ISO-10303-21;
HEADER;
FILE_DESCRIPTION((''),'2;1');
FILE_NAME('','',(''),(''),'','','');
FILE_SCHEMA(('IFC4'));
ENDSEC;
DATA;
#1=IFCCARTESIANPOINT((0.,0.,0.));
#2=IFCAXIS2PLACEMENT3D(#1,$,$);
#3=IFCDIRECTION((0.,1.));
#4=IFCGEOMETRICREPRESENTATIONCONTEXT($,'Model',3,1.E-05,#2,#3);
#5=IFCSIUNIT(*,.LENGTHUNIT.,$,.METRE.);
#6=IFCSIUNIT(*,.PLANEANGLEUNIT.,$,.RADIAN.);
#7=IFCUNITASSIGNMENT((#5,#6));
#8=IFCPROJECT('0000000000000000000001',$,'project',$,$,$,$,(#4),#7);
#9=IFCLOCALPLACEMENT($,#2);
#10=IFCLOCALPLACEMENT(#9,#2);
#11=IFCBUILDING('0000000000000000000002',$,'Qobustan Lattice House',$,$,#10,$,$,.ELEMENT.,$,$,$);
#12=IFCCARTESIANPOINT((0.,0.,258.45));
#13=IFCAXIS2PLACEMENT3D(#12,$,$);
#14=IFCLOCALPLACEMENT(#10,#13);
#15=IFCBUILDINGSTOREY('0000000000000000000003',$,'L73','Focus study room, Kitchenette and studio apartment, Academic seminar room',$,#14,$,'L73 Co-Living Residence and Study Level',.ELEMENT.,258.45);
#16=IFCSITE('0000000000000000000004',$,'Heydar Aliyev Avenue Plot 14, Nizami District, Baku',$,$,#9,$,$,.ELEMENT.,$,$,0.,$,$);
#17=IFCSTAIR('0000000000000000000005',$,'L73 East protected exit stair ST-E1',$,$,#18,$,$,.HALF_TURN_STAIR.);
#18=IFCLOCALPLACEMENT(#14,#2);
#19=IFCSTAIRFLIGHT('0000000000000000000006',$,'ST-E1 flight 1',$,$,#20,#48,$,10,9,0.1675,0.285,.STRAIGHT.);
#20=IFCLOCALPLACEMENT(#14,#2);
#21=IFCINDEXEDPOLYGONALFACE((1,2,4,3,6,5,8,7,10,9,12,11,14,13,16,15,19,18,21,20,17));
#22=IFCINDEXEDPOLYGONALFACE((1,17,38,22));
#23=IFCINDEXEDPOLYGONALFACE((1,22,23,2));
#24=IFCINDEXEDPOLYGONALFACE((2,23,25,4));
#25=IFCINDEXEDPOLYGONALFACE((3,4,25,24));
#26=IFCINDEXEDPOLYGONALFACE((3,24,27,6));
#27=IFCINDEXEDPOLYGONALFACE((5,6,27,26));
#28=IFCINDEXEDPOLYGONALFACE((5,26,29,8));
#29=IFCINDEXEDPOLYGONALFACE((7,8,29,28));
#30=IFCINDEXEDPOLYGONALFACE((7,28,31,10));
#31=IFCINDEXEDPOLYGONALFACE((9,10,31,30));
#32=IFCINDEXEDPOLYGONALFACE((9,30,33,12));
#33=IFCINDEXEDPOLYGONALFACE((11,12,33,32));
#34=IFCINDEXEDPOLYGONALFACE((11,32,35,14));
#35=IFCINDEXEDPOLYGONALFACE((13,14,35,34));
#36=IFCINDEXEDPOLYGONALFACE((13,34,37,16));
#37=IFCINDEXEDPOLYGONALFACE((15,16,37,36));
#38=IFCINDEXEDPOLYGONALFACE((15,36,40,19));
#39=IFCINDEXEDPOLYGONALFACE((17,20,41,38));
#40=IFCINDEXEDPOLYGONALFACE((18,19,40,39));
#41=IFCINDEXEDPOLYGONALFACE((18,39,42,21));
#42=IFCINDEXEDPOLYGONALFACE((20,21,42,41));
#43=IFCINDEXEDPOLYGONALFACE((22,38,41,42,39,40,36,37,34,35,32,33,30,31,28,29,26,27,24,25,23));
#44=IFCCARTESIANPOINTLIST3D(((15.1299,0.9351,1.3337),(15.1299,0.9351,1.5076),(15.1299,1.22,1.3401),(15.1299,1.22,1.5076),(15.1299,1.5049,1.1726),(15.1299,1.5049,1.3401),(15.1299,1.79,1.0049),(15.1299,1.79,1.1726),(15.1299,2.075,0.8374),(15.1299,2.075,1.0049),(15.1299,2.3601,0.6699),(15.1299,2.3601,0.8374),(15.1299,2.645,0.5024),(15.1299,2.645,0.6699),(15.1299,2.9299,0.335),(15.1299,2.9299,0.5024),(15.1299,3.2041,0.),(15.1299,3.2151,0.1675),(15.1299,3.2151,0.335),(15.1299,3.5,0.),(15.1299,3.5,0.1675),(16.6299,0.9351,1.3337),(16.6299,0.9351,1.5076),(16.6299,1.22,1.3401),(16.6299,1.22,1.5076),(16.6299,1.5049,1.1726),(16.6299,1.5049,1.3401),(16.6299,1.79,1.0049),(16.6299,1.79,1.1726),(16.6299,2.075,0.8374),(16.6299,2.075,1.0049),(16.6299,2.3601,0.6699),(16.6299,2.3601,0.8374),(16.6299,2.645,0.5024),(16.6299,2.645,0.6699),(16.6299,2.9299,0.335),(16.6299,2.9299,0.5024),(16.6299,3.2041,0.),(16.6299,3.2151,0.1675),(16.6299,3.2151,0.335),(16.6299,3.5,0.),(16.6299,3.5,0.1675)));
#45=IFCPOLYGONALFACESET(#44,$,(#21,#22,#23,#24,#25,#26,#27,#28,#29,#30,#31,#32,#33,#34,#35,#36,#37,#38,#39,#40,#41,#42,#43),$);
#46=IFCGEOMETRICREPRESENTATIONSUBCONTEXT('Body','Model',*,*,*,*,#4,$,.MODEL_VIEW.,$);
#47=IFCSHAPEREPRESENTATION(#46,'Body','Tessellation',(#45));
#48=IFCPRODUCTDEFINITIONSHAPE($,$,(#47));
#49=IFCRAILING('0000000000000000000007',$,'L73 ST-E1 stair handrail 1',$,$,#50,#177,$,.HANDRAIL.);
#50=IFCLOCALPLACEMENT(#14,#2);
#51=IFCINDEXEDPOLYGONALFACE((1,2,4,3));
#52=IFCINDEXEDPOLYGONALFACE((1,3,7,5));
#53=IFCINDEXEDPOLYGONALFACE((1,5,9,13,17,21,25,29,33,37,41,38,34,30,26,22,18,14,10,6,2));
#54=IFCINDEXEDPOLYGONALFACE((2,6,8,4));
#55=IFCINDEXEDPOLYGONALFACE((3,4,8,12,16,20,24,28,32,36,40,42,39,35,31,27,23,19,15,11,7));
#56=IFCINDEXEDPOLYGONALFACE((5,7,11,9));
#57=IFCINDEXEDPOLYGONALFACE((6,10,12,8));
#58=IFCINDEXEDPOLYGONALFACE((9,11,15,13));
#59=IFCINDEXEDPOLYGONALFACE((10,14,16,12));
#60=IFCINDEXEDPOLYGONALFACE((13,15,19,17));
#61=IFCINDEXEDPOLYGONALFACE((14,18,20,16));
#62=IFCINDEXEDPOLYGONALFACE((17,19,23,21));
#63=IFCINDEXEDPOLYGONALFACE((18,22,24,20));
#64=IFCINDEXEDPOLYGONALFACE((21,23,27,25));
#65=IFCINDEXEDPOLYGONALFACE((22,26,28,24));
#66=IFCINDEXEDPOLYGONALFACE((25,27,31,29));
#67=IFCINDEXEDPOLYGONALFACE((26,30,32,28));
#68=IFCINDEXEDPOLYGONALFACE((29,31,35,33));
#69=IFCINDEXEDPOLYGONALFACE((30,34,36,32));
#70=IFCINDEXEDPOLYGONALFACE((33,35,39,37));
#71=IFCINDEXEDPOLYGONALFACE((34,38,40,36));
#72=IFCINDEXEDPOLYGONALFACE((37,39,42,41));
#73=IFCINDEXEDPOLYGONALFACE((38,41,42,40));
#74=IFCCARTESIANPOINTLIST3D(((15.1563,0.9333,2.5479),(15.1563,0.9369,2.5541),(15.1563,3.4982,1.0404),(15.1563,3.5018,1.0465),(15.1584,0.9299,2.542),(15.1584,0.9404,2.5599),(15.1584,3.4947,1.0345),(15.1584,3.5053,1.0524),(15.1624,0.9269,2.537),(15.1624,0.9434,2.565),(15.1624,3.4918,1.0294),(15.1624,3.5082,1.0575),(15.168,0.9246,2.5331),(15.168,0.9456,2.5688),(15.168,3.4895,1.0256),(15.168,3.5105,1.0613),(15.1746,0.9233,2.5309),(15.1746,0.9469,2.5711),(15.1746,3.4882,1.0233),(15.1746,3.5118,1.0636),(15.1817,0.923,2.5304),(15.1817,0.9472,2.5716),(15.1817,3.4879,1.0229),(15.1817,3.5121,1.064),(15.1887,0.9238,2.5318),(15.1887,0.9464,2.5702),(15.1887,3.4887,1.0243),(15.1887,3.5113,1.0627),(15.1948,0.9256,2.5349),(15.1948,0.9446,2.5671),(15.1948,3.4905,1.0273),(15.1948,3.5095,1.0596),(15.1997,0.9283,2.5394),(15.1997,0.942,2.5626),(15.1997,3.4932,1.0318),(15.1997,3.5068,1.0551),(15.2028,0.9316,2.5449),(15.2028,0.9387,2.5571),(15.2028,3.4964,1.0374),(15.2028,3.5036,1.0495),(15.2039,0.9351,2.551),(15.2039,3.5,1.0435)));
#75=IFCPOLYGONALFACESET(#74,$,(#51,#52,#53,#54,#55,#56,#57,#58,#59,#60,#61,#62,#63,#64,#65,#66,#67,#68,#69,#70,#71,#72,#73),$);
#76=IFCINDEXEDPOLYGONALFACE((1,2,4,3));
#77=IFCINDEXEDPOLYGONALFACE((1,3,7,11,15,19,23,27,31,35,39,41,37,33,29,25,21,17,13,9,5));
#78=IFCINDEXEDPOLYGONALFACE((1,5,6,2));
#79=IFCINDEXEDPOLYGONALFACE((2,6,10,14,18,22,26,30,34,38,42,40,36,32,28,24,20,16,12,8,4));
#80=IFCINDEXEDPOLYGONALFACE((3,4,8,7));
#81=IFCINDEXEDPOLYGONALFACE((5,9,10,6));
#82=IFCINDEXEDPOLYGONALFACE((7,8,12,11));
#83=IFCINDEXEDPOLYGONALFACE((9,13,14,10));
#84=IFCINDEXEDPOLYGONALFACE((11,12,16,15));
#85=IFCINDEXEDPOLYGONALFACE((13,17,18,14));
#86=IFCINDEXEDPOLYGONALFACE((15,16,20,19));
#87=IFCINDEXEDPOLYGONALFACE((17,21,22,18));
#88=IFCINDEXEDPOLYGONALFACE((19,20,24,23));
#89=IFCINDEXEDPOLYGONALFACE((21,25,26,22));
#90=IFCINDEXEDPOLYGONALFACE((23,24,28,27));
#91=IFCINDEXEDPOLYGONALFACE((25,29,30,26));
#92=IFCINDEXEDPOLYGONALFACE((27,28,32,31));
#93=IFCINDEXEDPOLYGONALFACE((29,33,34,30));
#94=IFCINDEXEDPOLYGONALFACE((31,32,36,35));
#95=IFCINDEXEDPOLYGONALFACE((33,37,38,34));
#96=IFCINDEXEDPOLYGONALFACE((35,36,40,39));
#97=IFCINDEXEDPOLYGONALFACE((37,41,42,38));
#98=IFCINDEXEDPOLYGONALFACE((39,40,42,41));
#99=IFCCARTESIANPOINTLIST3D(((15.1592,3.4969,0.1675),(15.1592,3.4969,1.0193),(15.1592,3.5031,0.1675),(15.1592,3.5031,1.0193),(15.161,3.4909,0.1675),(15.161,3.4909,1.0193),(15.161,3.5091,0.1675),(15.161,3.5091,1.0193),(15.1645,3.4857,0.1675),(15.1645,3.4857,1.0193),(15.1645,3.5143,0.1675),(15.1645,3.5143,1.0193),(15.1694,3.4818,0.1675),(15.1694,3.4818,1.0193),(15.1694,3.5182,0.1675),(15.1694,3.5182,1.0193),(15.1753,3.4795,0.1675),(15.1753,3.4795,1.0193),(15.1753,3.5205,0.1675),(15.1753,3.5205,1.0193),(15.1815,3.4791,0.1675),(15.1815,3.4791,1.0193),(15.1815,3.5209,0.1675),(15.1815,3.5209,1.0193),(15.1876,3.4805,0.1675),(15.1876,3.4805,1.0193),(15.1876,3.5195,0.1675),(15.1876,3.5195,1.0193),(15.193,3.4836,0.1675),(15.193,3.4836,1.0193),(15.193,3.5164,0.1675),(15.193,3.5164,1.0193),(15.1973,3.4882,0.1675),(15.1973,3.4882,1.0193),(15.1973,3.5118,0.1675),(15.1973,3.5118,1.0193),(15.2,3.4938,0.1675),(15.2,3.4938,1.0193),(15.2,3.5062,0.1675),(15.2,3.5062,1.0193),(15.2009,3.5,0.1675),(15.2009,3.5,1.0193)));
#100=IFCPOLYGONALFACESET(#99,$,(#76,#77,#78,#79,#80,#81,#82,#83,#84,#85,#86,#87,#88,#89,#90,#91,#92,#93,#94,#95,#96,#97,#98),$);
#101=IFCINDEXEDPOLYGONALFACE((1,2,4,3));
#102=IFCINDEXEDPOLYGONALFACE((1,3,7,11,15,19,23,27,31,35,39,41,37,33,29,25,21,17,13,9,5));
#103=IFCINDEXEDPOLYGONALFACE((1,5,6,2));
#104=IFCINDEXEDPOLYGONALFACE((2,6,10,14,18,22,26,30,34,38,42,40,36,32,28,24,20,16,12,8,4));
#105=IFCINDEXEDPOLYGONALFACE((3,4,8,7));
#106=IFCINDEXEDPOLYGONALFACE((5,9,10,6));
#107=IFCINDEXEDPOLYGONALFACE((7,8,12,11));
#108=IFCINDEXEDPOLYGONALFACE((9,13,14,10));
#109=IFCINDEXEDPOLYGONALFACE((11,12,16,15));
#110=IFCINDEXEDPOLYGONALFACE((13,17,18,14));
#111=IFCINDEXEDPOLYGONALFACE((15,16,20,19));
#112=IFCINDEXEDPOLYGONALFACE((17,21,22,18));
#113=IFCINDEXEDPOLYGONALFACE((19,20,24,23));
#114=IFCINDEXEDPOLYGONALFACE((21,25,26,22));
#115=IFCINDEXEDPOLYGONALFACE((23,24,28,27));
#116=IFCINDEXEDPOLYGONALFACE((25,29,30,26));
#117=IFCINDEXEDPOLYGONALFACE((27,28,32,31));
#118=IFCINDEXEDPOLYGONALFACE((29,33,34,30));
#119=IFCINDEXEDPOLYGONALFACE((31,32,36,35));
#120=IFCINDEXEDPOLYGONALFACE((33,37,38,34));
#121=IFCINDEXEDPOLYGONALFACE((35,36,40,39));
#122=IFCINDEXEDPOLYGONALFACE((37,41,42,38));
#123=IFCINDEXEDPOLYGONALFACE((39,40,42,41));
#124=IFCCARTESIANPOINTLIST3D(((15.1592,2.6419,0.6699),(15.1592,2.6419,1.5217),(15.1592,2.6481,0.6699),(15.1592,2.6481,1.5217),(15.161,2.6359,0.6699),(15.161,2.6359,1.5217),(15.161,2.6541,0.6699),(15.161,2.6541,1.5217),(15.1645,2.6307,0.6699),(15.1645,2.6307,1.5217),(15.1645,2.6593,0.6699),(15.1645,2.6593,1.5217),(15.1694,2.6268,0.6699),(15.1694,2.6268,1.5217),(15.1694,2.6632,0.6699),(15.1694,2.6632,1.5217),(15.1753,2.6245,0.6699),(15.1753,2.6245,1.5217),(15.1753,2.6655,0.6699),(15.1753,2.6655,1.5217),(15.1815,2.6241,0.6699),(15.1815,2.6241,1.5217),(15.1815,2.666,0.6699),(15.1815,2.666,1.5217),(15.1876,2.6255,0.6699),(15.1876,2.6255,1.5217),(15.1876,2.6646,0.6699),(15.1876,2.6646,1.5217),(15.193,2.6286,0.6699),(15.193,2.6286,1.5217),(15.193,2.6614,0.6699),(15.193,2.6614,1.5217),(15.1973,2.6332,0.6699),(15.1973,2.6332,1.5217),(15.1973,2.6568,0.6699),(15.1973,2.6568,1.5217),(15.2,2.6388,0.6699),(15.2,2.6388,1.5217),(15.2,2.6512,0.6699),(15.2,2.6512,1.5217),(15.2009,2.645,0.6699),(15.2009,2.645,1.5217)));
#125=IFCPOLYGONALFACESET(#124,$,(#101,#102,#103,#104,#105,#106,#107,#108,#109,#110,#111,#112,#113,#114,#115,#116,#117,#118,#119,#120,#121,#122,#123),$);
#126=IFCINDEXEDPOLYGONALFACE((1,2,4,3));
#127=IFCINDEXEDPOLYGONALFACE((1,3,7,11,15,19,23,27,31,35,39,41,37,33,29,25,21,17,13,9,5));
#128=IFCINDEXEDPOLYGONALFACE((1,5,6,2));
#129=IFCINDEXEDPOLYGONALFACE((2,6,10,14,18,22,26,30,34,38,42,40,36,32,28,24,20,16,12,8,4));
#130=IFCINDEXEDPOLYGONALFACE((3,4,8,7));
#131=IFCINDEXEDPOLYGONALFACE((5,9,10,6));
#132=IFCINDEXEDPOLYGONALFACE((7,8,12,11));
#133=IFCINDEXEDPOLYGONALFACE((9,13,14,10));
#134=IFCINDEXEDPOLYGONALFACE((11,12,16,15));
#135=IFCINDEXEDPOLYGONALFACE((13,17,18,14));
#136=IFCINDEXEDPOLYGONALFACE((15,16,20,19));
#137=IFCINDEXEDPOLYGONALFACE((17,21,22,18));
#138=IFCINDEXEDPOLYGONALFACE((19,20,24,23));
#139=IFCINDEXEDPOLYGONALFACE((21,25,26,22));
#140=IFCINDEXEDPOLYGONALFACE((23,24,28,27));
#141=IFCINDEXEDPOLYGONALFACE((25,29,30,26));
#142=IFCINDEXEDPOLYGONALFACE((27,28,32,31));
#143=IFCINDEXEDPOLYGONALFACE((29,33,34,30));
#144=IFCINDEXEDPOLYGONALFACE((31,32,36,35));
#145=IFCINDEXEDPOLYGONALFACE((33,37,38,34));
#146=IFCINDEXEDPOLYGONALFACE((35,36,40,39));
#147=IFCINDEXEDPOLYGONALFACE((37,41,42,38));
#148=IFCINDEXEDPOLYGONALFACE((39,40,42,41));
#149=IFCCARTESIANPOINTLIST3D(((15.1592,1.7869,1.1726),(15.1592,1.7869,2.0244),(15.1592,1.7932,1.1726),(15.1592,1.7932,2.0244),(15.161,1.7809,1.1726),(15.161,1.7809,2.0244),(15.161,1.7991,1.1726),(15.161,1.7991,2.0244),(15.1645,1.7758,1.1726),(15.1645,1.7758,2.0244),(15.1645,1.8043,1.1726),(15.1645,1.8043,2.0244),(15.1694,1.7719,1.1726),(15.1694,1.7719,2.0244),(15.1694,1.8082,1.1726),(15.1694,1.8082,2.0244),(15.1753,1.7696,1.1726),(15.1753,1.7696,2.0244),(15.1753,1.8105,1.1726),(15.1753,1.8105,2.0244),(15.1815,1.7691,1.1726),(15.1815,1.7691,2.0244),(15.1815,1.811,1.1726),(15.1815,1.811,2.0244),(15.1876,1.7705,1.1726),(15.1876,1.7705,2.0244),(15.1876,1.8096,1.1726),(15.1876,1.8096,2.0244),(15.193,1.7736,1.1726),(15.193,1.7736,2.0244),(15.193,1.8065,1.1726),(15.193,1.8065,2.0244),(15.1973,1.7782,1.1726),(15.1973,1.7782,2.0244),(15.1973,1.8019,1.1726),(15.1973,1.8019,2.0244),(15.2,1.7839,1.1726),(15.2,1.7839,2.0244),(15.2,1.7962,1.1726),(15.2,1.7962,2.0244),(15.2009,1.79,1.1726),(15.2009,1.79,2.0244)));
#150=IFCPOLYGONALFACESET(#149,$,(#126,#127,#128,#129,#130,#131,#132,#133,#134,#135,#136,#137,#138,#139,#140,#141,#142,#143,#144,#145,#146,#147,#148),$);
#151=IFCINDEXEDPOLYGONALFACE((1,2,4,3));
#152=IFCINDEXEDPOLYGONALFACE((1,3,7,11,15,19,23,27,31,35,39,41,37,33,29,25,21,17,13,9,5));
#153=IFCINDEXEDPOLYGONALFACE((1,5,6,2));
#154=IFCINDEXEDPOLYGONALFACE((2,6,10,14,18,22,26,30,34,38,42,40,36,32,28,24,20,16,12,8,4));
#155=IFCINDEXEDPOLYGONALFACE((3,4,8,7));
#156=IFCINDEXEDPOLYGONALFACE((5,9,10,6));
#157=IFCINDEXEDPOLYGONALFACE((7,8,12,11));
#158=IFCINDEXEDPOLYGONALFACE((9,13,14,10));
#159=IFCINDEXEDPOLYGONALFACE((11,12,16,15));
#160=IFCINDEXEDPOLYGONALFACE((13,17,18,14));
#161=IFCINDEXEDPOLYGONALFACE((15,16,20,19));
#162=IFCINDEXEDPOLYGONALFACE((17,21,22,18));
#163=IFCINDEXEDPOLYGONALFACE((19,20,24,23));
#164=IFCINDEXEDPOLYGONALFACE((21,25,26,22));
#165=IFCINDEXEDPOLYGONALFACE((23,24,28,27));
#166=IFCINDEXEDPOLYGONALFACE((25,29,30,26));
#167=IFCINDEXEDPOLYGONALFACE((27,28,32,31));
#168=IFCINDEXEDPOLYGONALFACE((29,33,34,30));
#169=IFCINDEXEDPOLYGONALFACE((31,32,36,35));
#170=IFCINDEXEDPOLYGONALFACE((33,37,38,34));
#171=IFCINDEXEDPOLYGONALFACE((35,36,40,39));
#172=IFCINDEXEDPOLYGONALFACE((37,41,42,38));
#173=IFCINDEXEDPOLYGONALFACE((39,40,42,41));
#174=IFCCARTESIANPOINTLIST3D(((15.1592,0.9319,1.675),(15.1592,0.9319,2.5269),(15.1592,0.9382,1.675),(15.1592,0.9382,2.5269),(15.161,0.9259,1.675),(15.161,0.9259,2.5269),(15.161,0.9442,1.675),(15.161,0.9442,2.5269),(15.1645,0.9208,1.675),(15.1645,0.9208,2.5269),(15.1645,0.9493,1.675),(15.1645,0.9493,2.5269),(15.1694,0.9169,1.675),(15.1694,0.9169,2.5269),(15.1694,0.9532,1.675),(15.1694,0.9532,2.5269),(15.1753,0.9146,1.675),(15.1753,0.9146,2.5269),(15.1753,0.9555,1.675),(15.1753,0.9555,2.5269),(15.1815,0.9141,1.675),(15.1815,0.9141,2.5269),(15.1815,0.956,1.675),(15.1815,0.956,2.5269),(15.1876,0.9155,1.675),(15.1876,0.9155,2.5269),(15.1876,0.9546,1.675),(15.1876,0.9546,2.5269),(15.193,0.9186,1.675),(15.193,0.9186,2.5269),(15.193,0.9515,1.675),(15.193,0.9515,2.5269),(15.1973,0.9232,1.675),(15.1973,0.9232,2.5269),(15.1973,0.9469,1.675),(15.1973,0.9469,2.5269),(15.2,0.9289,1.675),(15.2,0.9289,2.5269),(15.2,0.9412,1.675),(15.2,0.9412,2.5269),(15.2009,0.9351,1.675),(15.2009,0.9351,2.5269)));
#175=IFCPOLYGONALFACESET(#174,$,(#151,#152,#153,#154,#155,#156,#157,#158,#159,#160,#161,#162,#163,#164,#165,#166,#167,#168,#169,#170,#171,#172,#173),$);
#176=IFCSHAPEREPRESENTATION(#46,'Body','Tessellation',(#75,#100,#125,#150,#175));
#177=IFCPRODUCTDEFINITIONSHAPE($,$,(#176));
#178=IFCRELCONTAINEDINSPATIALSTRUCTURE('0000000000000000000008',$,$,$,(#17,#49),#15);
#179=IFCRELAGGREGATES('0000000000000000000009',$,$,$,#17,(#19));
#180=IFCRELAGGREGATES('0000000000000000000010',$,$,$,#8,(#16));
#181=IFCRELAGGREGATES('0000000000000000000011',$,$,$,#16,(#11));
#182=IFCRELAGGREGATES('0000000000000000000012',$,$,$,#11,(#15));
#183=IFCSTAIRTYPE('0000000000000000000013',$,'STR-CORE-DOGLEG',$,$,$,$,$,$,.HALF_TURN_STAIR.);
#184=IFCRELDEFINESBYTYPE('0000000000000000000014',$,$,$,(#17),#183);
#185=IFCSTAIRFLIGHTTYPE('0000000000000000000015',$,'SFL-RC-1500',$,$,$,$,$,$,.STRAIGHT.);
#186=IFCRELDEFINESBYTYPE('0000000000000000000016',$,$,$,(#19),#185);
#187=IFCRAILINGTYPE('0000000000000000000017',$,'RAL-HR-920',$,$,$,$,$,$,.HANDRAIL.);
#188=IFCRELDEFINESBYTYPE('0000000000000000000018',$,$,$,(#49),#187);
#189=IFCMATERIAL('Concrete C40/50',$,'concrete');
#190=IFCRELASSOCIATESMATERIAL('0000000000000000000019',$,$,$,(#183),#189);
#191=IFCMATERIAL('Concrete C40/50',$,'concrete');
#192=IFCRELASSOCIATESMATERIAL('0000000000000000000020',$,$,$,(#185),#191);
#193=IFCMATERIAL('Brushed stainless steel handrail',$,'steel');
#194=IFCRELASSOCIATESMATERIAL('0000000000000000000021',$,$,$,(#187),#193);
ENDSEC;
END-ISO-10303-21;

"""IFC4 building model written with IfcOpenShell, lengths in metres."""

from ifc_helpers import new_model, si_unit, direction, frame, origin, origin_2d, place, context, subcontext, project, spatial, polyline, circle, outline, extrude, material, type_object, element, aggregate, save


model = new_model("IFC4")

# Units and contexts
model_context = context("Model", 3, precision=1e-05, world=origin(), true_north=direction((0.0, 1.0)))
body_context = subcontext(model_context, "Body", "Model", "MODEL_VIEW")
ifc_project = project(units=[si_unit("LENGTHUNIT", "METRE"), si_unit("PLANEANGLEUNIT", "RADIAN")], contexts=[model_context])

# Site, building, storey
site_placement = place(None, origin())
site = spatial("IfcSite", under=ifc_project, at=site_placement, Name="Heydar Aliyev Avenue Plot 14, Nizami District, Baku", CompositionType="ELEMENT", RefElevation=0.0)
building_placement = place(site_placement, origin())
building = spatial("IfcBuilding", under=site, at=building_placement, Name="Qobustan Lattice House", CompositionType="ELEMENT")
storey_placement = place(building_placement, frame((0.0, 0.0, 258.45)))
storey = spatial("IfcBuildingStorey", under=building, at=storey_placement, Name="L73", Description="Focus study room, Kitchenette and studio apartment, Academic seminar room", LongName="L73 Co-Living Residence and Study Level", CompositionType="ELEMENT", Elevation=258.45)

# Stair
ifc_material_1 = material(Name="Concrete C40/50", Category="concrete")
stair_type = type_object("IfcStairType", Name="STR-CORE-DOGLEG", PredefinedType="HALF_TURN_STAIR", material=ifc_material_1)
stair_1_placement = place(storey_placement, origin())
stair_1 = element("IfcStair", 1, at=stair_1_placement, inside=storey, type_object=stair_type, Name="L73 East protected exit stair ST-E1", PredefinedType="HALF_TURN_STAIR")

# Stair flight
ifc_material_2 = material(Name="Concrete C40/50", Category="concrete")
stair_flight_type = type_object("IfcStairFlightType", Name="SFL-RC-1500", PredefinedType="STRAIGHT", material=ifc_material_2)
stair_flight_placement = place(storey_placement, frame((15.8799, 3.5, 0.0), z_axis=(0.0, 0.0, 1.0), x_axis=(0.0, -1.0, 0.0)))
stair_flight = element("IfcStairFlight", 2, at=stair_flight_placement, type_object=stair_flight_type, Name="ST-E1 flight 1", NumberOfRisers=10, NumberOfTreads=9, PredefinedType="STRAIGHT", RiserHeight=0.1675, TreadLength=0.285, context=body_context, shape_type="SweptSolid", body=[
    extrude(outline(polyline([(0.0, 0.0), (0.0, 0.1675), (0.2849, 0.1675), (0.2849, 0.335), (0.5701, 0.335), (0.5701, 0.5024), (0.855, 0.5024), (0.855, 0.6699), (1.1399, 0.6699), (1.1399, 0.8374), (1.425, 0.8374), (1.425, 1.0049), (1.71, 1.0049), (1.71, 1.1726), (1.9951, 1.1726), (1.9951, 1.3401), (2.28, 1.3401), (2.28, 1.5076), (2.5649, 1.5076), (2.5649, 1.675), (2.5649, 1.3337), (0.2959, 0.0), (0.0, 0.0)])), frame((0.0, 0.75, 0.0), z_axis=(0.0, -1.0, 0.0), x_axis=(1.0, 0.0, 0.0)), (0.0, 0.0, 1.0), 1.5),
])
aggregate(stair_1, [stair_flight])

# Railing
ifc_material_3 = material(Name="Brushed stainless steel handrail", Category="steel")
railing_type = type_object("IfcRailingType", Name="RAL-HR-920", PredefinedType="HANDRAIL", material=ifc_material_3)
railing_placement = place(storey_placement, frame((15.1799, 3.5, 0.1675)))
element("IfcRailing", 3, at=railing_placement, inside=storey, type_object=railing_type, Name="L73 ST-E1 stair handrail 1", PredefinedType="HANDRAIL", context=body_context, shape_type="SweptSolid", body=[
    extrude(circle(Radius=0.0239, at=origin_2d()), frame((0.0, 0.0, 0.876), z_axis=(0.0, -0.862113, 0.506715), x_axis=(1.0, 0.0, 0.0)), (0.0, 0.0, 1.0), 2.9751),
    extrude(circle(Radius=0.021, at=origin_2d()), origin(), (0.0, 0.0, 1.0), 0.8518),
    extrude(circle(Radius=0.021, at=origin_2d()), frame((0.0, -0.855, 0.5024)), (0.0, 0.0, 1.0), 0.8518),
    extrude(circle(Radius=0.021, at=origin_2d()), frame((0.0, -1.71, 1.0051)), (0.0, 0.0, 1.0), 0.8518),
    extrude(circle(Radius=0.021, at=origin_2d()), frame((0.0, -2.5649, 1.5076)), (0.0, 0.0, 1.0), 0.8518),
])

save(model, "model.ifc")
